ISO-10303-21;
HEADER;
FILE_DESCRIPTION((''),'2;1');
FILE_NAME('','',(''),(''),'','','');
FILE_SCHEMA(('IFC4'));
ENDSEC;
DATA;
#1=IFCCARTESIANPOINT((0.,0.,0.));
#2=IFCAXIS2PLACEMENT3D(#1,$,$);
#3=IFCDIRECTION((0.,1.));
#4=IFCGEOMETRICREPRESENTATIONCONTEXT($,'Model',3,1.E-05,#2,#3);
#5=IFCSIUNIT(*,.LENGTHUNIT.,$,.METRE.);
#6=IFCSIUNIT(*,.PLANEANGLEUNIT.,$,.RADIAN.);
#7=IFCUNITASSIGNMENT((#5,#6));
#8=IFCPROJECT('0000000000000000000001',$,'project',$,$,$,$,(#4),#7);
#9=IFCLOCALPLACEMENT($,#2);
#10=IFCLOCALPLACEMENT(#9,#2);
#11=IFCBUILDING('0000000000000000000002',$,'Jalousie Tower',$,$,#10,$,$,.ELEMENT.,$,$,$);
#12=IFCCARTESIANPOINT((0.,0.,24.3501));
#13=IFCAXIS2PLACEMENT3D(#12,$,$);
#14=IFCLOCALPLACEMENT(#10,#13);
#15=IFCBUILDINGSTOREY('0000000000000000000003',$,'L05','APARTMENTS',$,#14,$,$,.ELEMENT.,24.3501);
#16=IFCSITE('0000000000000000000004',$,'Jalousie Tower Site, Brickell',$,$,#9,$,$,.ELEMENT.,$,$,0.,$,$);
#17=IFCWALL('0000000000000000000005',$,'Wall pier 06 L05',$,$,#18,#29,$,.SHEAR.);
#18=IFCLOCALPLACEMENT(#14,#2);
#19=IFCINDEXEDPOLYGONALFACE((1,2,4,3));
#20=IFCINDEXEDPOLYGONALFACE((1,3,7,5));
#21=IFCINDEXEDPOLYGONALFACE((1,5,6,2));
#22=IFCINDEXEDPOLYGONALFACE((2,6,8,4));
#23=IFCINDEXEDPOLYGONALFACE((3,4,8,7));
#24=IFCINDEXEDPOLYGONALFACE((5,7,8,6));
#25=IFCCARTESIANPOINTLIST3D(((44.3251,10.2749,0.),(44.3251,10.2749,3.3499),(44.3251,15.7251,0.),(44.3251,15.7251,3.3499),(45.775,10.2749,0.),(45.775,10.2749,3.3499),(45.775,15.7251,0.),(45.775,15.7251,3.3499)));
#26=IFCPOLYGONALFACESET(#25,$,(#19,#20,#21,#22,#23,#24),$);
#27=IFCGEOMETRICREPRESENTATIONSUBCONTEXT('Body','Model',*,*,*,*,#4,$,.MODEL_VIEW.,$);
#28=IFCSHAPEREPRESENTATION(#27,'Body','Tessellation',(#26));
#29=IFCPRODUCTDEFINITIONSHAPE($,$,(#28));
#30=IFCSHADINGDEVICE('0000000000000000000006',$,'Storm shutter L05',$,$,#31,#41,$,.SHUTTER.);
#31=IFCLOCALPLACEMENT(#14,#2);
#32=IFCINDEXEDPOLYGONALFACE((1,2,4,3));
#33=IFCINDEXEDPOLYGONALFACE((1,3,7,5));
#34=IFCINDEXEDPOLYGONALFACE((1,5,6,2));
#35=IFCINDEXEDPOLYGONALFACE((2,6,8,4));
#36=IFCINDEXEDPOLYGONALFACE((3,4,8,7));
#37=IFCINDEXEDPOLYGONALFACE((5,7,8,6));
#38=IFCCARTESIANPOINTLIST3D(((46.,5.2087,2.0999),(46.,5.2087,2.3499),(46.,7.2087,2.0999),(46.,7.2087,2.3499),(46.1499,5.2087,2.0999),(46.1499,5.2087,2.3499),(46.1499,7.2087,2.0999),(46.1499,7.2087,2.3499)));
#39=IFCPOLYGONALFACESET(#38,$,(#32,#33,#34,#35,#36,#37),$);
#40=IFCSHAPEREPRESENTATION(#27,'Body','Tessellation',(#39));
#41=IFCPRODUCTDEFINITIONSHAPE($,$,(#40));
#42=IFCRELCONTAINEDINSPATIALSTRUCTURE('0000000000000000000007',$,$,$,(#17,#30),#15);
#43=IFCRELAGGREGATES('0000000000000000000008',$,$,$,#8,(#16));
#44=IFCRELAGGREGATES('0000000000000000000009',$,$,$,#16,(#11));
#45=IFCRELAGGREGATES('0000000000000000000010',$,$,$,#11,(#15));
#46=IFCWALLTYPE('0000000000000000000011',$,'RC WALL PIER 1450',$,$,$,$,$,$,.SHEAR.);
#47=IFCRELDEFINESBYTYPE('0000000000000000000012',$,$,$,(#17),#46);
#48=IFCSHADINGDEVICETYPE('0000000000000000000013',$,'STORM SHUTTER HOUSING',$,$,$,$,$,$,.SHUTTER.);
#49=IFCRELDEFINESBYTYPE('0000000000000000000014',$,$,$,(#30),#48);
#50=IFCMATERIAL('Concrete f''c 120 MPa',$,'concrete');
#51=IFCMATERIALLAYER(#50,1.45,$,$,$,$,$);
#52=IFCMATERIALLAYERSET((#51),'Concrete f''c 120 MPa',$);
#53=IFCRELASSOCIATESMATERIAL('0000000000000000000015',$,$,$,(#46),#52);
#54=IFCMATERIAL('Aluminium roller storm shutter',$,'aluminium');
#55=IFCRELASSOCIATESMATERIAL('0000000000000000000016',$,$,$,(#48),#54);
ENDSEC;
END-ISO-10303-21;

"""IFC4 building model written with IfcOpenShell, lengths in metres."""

from ifc_helpers import new_model, si_unit, direction, frame, frame_2d, origin, origin_2d, place, context, subcontext, project, spatial, rectangle, extrude, material, layer, layer_set, type_object, element, save


model = new_model("IFC4")

# Units and contexts
model_context = context("Model", 3, precision=1e-05, world=origin(), true_north=direction((0.0, 1.0)))
body_context = subcontext(model_context, "Body", "Model", "MODEL_VIEW")
ifc_project = project(units=[si_unit("LENGTHUNIT", "METRE"), si_unit("PLANEANGLEUNIT", "RADIAN")], contexts=[model_context])

# Site, building, storey
site_placement = place(None, origin())
site = spatial("IfcSite", under=ifc_project, at=site_placement, Name="Jalousie Tower Site, Brickell", CompositionType="ELEMENT", RefElevation=0.0)
building_placement = place(site_placement, origin())
building = spatial("IfcBuilding", under=site, at=building_placement, Name="Jalousie Tower", CompositionType="ELEMENT")
storey_placement = place(building_placement, frame((0.0, 0.0, 24.3501)))
storey = spatial("IfcBuildingStorey", under=building, at=storey_placement, Name="L05", Description="APARTMENTS", CompositionType="ELEMENT", Elevation=24.3501)

# Wall
ifc_material_1 = material(Name="Concrete f'c 120 MPa", Category="concrete")
ifc_layer_1 = layer(ifc_material_1, 1.45)
ifc_layer_set_1 = layer_set([ifc_layer_1], Name="Concrete f'c 120 MPa")
wall_type_1 = type_object("IfcWallType", Name="RC WALL PIER 1450", PredefinedType="SHEAR", material=ifc_layer_set_1)
wall_1_placement = place(storey_placement, frame((45.05, 10.2749, 0.0), z_axis=(0.0, 0.0, 1.0), x_axis=(0.0, 1.0, 0.0)))
element("IfcWall", 1, at=wall_1_placement, inside=storey, type_object=wall_type_1, Name="Wall pier 06 L05", PredefinedType="SHEAR", context=body_context, shape_type="SweptSolid", body=[
    extrude(rectangle(XDim=5.4502, YDim=1.45, at=frame_2d((2.7251, 0.0))), origin(), (0.0, 0.0, 1.0), 3.3499),
])

# Shading device
ifc_material_2 = material(Name="Aluminium roller storm shutter", Category="aluminium")
shading_device_type = type_object("IfcShadingDeviceType", Name="STORM SHUTTER HOUSING", PredefinedType="SHUTTER", material=ifc_material_2)
shading_device_placement = place(storey_placement, frame((46.075, 6.2087, 2.0999), z_axis=(0.0, 0.0, 1.0), x_axis=(0.0, 1.0, 0.0)))
element("IfcShadingDevice", 2, at=shading_device_placement, inside=storey, type_object=shading_device_type, Name="Storm shutter L05", PredefinedType="SHUTTER", context=body_context, shape_type="SweptSolid", body=[
    extrude(rectangle(XDim=2.0, YDim=0.1499, at=origin_2d()), origin(), (0.0, 0.0, 1.0), 0.25),
])

save(model, "model.ifc")
